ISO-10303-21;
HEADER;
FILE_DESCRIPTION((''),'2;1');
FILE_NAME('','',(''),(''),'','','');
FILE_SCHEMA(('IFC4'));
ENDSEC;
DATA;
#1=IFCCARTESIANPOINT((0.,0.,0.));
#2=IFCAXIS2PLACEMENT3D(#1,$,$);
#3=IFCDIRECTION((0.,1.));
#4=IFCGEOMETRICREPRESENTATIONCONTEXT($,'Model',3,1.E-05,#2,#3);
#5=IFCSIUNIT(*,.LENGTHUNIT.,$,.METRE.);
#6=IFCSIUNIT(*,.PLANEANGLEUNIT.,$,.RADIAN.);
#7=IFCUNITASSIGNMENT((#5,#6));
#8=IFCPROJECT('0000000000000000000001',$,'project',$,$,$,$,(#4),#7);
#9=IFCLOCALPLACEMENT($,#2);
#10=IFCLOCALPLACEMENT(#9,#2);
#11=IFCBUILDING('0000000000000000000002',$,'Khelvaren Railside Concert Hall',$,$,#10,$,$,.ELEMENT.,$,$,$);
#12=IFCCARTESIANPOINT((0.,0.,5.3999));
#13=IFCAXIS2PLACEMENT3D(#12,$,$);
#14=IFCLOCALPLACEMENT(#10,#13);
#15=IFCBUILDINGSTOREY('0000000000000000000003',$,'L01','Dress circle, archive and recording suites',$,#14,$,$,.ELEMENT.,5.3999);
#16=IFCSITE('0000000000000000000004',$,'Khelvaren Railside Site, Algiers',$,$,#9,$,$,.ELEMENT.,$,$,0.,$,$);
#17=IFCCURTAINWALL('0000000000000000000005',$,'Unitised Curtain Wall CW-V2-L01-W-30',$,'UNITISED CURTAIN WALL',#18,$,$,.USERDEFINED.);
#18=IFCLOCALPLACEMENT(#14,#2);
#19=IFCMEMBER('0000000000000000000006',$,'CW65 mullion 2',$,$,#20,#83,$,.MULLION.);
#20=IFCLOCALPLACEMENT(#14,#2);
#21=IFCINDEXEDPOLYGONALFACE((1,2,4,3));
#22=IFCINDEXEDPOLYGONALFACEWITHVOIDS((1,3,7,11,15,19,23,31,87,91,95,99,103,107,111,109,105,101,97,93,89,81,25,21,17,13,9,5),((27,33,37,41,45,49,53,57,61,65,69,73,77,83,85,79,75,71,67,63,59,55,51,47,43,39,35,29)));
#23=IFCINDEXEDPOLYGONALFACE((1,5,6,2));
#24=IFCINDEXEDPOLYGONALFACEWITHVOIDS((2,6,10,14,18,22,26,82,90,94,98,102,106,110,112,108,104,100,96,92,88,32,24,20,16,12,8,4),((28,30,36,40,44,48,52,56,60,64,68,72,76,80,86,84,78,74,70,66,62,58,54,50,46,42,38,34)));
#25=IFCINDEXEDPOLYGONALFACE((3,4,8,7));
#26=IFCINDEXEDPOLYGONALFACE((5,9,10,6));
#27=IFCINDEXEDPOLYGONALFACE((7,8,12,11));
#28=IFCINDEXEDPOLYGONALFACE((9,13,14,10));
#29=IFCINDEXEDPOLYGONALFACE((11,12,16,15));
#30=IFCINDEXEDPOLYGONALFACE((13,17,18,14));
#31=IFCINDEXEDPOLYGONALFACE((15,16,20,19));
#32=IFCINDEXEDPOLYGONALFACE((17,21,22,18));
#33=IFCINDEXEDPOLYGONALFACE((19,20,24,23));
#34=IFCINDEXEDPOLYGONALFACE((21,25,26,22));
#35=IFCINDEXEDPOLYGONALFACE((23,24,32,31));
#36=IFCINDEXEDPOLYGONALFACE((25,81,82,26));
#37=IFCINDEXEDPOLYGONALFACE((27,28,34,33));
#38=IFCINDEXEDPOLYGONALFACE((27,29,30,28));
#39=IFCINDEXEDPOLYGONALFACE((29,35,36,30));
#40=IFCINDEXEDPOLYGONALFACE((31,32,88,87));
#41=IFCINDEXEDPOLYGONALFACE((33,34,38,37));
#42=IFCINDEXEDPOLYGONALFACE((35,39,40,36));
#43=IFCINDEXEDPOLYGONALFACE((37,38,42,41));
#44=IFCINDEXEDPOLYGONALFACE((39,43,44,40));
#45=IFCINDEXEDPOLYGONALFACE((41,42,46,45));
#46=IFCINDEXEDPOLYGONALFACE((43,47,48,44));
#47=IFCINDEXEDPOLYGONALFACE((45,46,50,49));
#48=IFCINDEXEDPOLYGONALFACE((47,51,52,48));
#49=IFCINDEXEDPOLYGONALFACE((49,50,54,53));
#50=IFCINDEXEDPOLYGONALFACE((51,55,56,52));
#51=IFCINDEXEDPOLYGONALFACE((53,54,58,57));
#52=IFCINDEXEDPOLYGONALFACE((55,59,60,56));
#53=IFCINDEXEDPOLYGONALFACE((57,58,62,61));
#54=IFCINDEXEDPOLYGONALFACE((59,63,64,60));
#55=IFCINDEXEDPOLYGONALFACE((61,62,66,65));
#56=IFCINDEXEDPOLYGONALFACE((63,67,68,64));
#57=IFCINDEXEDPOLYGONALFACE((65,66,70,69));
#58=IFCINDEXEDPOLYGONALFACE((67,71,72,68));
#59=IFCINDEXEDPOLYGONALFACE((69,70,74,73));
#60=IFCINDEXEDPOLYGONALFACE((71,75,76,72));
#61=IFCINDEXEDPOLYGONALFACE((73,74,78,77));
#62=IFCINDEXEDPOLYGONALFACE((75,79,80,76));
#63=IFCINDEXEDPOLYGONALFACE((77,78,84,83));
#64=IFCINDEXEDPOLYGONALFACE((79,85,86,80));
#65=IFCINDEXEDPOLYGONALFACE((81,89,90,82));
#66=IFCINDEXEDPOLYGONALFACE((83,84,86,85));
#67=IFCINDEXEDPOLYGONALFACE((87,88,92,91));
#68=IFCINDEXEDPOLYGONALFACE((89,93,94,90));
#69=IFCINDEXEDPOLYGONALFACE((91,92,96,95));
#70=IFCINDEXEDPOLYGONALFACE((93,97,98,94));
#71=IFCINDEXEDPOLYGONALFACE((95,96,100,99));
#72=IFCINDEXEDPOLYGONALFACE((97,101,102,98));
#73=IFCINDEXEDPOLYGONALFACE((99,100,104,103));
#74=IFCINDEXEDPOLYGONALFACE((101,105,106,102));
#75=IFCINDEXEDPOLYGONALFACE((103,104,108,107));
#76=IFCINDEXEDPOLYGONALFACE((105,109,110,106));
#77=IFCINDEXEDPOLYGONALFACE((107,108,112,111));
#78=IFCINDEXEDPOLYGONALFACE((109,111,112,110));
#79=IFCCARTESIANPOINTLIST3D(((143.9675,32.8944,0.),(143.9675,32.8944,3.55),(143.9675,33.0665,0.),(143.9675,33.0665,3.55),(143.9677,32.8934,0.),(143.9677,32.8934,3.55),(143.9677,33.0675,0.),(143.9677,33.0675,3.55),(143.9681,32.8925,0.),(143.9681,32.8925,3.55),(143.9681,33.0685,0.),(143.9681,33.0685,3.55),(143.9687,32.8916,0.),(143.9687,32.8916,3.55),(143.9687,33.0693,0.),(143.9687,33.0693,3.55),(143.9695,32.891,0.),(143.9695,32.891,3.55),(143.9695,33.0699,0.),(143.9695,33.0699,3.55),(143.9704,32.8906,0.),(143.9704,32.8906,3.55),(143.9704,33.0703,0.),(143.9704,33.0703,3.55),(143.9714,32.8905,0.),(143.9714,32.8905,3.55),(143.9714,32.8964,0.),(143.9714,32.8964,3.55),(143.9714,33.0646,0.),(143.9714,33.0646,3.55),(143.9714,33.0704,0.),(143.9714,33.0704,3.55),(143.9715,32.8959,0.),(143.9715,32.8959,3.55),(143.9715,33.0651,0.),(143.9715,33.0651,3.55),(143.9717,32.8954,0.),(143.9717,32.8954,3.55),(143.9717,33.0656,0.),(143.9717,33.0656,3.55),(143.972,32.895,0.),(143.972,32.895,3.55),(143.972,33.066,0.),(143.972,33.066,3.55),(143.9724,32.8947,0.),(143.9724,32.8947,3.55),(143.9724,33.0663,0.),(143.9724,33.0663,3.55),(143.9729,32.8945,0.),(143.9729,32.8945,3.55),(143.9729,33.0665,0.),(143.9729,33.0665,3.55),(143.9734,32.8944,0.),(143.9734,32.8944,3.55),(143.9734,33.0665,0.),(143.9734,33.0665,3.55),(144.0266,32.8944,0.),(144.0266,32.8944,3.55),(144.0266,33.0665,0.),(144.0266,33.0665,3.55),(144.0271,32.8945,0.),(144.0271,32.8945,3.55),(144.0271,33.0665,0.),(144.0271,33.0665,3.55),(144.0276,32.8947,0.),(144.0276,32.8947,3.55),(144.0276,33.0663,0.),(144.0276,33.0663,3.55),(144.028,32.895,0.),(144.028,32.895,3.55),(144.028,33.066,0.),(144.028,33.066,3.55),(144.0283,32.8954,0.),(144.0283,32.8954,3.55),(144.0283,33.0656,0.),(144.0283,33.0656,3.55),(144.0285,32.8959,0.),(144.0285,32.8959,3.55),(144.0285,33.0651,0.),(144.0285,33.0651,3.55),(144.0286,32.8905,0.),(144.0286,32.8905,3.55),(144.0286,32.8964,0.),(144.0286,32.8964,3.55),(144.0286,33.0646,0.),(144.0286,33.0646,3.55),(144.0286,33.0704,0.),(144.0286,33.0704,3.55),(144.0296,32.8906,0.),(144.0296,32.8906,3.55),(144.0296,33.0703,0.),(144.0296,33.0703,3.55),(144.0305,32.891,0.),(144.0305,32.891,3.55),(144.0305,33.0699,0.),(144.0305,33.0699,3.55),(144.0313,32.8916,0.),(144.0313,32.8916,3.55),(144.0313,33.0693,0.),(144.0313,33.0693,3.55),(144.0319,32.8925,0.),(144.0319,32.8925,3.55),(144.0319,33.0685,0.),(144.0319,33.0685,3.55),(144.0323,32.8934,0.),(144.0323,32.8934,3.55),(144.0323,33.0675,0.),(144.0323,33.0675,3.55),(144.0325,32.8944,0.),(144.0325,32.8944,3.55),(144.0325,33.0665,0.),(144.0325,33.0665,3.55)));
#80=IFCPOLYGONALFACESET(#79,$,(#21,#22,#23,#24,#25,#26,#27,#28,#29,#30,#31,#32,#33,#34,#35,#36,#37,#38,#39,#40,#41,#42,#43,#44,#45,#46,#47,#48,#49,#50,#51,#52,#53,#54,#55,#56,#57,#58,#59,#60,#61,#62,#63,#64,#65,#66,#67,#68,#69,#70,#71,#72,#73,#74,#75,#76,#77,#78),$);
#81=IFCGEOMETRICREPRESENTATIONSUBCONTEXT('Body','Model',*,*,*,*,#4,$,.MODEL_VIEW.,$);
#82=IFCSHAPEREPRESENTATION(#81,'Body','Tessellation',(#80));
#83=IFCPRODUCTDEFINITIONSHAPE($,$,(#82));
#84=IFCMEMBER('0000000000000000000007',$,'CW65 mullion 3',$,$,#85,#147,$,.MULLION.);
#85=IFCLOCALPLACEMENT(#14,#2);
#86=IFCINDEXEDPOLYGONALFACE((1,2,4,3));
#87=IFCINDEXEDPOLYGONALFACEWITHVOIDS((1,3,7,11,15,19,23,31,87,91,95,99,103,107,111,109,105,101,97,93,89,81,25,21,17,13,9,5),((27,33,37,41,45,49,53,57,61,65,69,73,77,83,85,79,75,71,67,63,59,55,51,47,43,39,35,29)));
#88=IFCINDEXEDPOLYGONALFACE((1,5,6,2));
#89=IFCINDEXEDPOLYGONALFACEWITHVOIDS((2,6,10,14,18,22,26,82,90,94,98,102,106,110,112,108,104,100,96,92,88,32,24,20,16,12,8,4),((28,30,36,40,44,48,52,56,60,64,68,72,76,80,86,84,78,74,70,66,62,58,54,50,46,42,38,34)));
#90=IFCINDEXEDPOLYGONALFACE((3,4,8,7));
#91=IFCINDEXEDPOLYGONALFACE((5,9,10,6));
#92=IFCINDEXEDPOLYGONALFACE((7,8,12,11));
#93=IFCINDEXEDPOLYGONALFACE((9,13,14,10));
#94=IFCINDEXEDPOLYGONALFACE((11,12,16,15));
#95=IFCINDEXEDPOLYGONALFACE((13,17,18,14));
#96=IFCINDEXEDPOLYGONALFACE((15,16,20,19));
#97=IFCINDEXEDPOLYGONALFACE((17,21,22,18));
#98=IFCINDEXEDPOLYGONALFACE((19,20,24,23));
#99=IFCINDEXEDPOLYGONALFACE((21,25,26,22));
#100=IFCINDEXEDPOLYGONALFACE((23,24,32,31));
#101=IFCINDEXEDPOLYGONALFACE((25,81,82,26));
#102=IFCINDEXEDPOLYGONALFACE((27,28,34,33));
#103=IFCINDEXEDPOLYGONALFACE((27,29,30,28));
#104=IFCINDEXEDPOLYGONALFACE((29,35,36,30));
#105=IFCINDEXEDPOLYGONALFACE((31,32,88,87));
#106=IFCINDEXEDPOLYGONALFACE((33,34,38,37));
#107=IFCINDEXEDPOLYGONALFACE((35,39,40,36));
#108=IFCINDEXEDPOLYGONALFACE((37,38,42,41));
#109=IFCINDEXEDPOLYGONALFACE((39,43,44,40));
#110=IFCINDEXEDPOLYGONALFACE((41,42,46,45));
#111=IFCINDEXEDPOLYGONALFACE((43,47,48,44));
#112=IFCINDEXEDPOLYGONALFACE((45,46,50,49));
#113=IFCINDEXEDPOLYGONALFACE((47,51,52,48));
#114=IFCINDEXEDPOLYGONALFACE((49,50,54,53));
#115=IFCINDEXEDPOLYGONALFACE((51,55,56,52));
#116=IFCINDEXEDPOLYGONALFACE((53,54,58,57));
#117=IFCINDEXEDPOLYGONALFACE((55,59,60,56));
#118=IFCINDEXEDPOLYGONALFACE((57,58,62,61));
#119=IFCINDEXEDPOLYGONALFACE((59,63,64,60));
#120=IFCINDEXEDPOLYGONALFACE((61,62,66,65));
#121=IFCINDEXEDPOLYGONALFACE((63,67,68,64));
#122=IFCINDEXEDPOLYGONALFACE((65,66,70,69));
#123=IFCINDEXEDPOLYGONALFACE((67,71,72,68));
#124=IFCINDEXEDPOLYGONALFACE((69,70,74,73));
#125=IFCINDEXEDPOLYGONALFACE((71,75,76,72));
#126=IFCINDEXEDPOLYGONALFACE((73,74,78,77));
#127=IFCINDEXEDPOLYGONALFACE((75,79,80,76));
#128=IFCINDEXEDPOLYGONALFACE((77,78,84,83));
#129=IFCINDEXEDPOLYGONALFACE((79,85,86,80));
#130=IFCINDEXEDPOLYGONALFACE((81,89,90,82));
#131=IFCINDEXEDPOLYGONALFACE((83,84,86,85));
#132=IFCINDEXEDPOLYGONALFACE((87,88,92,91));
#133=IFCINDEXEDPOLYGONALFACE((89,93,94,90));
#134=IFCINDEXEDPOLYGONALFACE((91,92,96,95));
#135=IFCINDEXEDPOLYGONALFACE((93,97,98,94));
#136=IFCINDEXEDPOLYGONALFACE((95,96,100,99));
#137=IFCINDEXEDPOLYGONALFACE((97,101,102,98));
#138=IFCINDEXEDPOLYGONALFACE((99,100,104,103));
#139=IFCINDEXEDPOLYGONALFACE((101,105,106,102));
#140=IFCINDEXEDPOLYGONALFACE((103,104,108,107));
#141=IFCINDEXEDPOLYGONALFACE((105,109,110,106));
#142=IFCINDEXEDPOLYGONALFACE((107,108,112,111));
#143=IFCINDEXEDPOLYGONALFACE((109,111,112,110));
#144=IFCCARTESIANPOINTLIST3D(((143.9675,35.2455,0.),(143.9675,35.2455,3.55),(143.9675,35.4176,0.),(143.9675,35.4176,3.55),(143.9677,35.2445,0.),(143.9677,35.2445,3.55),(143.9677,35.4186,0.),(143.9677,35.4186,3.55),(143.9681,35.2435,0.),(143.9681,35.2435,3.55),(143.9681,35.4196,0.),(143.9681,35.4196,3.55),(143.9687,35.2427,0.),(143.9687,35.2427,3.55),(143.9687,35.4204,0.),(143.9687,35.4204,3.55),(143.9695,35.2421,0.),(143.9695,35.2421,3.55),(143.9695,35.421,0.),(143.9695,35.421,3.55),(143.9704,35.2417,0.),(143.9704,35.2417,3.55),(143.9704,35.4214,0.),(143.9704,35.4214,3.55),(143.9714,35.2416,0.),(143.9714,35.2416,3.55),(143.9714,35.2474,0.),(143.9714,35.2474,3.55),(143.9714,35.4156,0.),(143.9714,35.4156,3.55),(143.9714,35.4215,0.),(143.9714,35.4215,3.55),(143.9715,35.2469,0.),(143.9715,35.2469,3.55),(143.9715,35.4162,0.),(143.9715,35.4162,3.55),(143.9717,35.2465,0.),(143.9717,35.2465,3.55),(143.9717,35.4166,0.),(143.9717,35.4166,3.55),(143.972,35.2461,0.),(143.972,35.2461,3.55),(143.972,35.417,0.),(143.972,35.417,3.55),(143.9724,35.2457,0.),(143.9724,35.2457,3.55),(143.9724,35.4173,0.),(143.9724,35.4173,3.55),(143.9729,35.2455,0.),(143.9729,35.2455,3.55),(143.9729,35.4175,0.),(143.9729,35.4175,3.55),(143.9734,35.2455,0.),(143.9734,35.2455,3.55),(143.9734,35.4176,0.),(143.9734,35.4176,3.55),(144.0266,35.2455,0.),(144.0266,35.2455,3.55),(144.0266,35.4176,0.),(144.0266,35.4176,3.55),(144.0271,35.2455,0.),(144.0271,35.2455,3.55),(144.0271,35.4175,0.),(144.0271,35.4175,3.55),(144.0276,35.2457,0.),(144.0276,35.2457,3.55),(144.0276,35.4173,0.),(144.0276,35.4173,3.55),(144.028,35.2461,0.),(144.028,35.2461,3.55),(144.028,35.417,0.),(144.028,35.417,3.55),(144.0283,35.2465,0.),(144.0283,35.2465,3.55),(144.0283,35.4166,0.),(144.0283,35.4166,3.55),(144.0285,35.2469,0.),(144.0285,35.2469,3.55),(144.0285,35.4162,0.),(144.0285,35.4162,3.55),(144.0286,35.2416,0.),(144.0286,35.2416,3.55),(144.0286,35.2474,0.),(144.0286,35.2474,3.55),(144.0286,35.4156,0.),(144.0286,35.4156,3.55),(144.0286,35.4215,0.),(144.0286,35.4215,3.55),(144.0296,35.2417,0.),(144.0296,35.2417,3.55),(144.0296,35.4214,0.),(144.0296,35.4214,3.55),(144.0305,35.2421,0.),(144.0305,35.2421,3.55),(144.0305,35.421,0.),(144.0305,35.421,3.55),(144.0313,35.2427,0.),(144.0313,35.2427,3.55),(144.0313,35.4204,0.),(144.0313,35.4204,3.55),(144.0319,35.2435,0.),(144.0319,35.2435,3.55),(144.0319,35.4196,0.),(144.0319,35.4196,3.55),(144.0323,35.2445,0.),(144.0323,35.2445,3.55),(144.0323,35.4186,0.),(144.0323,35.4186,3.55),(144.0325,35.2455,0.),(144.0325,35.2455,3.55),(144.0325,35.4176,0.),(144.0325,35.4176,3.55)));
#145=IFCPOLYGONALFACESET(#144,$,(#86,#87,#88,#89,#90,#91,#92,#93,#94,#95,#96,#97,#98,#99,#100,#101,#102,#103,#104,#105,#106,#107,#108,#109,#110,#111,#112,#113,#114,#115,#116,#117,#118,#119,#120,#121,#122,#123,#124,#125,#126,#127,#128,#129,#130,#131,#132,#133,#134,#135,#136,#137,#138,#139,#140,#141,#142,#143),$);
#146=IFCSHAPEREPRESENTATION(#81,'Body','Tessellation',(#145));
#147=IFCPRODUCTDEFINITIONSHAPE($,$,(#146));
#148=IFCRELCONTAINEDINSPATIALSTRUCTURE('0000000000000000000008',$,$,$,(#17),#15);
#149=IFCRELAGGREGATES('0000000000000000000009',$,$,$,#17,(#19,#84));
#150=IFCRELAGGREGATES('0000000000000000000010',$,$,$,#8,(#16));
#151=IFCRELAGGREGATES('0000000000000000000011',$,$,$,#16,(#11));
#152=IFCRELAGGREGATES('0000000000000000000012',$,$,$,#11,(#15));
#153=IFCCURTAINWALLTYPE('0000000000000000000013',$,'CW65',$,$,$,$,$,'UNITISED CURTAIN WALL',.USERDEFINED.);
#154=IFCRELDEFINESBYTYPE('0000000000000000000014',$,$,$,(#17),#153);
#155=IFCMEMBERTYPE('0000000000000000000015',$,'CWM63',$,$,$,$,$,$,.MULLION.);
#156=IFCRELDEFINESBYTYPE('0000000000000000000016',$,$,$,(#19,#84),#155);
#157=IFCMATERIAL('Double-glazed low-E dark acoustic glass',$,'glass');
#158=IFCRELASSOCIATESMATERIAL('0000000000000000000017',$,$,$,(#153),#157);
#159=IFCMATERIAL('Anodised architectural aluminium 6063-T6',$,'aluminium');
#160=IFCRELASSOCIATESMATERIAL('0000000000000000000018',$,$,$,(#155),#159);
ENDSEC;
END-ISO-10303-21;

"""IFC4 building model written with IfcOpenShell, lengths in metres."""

from ifc_helpers import new_model, si_unit, direction, frame, origin, origin_2d, place, context, subcontext, project, spatial, hollow_rectangle, extrude, material, material_profile, profile_set, type_object, element, aggregate, save


model = new_model("IFC4")

# Units and contexts
model_context = context("Model", 3, precision=1e-05, world=origin(), true_north=direction((0.0, 1.0)))
body_context = subcontext(model_context, "Body", "Model", "MODEL_VIEW")
ifc_project = project(units=[si_unit("LENGTHUNIT", "METRE"), si_unit("PLANEANGLEUNIT", "RADIAN")], contexts=[model_context])

# Site, building, storey
site_placement = place(None, origin())
site = spatial("IfcSite", under=ifc_project, at=site_placement, Name="Khelvaren Railside Site, Algiers", CompositionType="ELEMENT", RefElevation=0.0)
building_placement = place(site_placement, origin())
building = spatial("IfcBuilding", under=site, at=building_placement, Name="Khelvaren Railside Concert Hall", CompositionType="ELEMENT")
storey_placement = place(building_placement, frame((0.0, 0.0, 5.3999)))
storey = spatial("IfcBuildingStorey", under=building, at=storey_placement, Name="L01", Description="Dress circle, archive and recording suites", CompositionType="ELEMENT", Elevation=5.3999)

# Shared definitions
ifc_material_1 = material(Name="Anodised architectural aluminium 6063-T6", Category="aluminium")

# Curtain wall, members
ifc_material_2 = material(Name="Double-glazed low-E dark acoustic glass", Category="glass")
curtain_wall_type_1 = type_object("IfcCurtainWallType", Name="CW65", ElementType="UNITISED CURTAIN WALL", PredefinedType="USERDEFINED", material=ifc_material_2)
curtain_wall_1_placement = place(storey_placement, origin())
curtain_wall_1 = element("IfcCurtainWall", 1, at=curtain_wall_1_placement, inside=storey, type_object=curtain_wall_type_1, Name="Unitised Curtain Wall CW-V2-L01-W-30", ObjectType="UNITISED CURTAIN WALL", PredefinedType="USERDEFINED")
ifc_material_profile_1 = material_profile(ifc_material_1, hollow_rectangle(XDim=0.0649, YDim=0.1799, WallThickness=0.0039, InnerFilletRadius=0.002, OuterFilletRadius=0.0039, at=origin_2d()), Name="CWM 65x180x4")
ifc_profile_set_1 = profile_set([ifc_material_profile_1], Name="Anodised architectural aluminium 6063-T6")
member_type_1 = type_object("IfcMemberType", Name="CWM63", PredefinedType="MULLION", material=ifc_profile_set_1)
member_1_placement = place(storey_placement, frame((144.0, 32.9805, 0.0), z_axis=(0.0, 0.0, 1.0), x_axis=(-1.0, 0.0, 0.0)))
member_1 = element("IfcMember", 2, at=member_1_placement, type_object=member_type_1, Name="CW65 mullion 2", PredefinedType="MULLION", context=body_context, shape_type="SweptSolid", body=[
    extrude(hollow_rectangle(XDim=0.0649, YDim=0.1799, WallThickness=0.0039, InnerFilletRadius=0.002, OuterFilletRadius=0.0039, at=origin_2d()), origin(), (0.0, 0.0, 1.0), 3.55),
])
member_2_placement = place(storey_placement, frame((144.0, 35.3315, 0.0), z_axis=(0.0, 0.0, 1.0), x_axis=(-1.0, 0.0, 0.0)))
member_2 = element("IfcMember", 3, at=member_2_placement, type_object=member_type_1, Name="CW65 mullion 3", PredefinedType="MULLION", context=body_context, shape_type="SweptSolid", body=[
    extrude(hollow_rectangle(XDim=0.0649, YDim=0.1799, WallThickness=0.0039, InnerFilletRadius=0.002, OuterFilletRadius=0.0039, at=origin_2d()), origin(), (0.0, 0.0, 1.0), 3.55),
])

aggregate(curtain_wall_1, [member_1, member_2])

save(model, "model.ifc")
